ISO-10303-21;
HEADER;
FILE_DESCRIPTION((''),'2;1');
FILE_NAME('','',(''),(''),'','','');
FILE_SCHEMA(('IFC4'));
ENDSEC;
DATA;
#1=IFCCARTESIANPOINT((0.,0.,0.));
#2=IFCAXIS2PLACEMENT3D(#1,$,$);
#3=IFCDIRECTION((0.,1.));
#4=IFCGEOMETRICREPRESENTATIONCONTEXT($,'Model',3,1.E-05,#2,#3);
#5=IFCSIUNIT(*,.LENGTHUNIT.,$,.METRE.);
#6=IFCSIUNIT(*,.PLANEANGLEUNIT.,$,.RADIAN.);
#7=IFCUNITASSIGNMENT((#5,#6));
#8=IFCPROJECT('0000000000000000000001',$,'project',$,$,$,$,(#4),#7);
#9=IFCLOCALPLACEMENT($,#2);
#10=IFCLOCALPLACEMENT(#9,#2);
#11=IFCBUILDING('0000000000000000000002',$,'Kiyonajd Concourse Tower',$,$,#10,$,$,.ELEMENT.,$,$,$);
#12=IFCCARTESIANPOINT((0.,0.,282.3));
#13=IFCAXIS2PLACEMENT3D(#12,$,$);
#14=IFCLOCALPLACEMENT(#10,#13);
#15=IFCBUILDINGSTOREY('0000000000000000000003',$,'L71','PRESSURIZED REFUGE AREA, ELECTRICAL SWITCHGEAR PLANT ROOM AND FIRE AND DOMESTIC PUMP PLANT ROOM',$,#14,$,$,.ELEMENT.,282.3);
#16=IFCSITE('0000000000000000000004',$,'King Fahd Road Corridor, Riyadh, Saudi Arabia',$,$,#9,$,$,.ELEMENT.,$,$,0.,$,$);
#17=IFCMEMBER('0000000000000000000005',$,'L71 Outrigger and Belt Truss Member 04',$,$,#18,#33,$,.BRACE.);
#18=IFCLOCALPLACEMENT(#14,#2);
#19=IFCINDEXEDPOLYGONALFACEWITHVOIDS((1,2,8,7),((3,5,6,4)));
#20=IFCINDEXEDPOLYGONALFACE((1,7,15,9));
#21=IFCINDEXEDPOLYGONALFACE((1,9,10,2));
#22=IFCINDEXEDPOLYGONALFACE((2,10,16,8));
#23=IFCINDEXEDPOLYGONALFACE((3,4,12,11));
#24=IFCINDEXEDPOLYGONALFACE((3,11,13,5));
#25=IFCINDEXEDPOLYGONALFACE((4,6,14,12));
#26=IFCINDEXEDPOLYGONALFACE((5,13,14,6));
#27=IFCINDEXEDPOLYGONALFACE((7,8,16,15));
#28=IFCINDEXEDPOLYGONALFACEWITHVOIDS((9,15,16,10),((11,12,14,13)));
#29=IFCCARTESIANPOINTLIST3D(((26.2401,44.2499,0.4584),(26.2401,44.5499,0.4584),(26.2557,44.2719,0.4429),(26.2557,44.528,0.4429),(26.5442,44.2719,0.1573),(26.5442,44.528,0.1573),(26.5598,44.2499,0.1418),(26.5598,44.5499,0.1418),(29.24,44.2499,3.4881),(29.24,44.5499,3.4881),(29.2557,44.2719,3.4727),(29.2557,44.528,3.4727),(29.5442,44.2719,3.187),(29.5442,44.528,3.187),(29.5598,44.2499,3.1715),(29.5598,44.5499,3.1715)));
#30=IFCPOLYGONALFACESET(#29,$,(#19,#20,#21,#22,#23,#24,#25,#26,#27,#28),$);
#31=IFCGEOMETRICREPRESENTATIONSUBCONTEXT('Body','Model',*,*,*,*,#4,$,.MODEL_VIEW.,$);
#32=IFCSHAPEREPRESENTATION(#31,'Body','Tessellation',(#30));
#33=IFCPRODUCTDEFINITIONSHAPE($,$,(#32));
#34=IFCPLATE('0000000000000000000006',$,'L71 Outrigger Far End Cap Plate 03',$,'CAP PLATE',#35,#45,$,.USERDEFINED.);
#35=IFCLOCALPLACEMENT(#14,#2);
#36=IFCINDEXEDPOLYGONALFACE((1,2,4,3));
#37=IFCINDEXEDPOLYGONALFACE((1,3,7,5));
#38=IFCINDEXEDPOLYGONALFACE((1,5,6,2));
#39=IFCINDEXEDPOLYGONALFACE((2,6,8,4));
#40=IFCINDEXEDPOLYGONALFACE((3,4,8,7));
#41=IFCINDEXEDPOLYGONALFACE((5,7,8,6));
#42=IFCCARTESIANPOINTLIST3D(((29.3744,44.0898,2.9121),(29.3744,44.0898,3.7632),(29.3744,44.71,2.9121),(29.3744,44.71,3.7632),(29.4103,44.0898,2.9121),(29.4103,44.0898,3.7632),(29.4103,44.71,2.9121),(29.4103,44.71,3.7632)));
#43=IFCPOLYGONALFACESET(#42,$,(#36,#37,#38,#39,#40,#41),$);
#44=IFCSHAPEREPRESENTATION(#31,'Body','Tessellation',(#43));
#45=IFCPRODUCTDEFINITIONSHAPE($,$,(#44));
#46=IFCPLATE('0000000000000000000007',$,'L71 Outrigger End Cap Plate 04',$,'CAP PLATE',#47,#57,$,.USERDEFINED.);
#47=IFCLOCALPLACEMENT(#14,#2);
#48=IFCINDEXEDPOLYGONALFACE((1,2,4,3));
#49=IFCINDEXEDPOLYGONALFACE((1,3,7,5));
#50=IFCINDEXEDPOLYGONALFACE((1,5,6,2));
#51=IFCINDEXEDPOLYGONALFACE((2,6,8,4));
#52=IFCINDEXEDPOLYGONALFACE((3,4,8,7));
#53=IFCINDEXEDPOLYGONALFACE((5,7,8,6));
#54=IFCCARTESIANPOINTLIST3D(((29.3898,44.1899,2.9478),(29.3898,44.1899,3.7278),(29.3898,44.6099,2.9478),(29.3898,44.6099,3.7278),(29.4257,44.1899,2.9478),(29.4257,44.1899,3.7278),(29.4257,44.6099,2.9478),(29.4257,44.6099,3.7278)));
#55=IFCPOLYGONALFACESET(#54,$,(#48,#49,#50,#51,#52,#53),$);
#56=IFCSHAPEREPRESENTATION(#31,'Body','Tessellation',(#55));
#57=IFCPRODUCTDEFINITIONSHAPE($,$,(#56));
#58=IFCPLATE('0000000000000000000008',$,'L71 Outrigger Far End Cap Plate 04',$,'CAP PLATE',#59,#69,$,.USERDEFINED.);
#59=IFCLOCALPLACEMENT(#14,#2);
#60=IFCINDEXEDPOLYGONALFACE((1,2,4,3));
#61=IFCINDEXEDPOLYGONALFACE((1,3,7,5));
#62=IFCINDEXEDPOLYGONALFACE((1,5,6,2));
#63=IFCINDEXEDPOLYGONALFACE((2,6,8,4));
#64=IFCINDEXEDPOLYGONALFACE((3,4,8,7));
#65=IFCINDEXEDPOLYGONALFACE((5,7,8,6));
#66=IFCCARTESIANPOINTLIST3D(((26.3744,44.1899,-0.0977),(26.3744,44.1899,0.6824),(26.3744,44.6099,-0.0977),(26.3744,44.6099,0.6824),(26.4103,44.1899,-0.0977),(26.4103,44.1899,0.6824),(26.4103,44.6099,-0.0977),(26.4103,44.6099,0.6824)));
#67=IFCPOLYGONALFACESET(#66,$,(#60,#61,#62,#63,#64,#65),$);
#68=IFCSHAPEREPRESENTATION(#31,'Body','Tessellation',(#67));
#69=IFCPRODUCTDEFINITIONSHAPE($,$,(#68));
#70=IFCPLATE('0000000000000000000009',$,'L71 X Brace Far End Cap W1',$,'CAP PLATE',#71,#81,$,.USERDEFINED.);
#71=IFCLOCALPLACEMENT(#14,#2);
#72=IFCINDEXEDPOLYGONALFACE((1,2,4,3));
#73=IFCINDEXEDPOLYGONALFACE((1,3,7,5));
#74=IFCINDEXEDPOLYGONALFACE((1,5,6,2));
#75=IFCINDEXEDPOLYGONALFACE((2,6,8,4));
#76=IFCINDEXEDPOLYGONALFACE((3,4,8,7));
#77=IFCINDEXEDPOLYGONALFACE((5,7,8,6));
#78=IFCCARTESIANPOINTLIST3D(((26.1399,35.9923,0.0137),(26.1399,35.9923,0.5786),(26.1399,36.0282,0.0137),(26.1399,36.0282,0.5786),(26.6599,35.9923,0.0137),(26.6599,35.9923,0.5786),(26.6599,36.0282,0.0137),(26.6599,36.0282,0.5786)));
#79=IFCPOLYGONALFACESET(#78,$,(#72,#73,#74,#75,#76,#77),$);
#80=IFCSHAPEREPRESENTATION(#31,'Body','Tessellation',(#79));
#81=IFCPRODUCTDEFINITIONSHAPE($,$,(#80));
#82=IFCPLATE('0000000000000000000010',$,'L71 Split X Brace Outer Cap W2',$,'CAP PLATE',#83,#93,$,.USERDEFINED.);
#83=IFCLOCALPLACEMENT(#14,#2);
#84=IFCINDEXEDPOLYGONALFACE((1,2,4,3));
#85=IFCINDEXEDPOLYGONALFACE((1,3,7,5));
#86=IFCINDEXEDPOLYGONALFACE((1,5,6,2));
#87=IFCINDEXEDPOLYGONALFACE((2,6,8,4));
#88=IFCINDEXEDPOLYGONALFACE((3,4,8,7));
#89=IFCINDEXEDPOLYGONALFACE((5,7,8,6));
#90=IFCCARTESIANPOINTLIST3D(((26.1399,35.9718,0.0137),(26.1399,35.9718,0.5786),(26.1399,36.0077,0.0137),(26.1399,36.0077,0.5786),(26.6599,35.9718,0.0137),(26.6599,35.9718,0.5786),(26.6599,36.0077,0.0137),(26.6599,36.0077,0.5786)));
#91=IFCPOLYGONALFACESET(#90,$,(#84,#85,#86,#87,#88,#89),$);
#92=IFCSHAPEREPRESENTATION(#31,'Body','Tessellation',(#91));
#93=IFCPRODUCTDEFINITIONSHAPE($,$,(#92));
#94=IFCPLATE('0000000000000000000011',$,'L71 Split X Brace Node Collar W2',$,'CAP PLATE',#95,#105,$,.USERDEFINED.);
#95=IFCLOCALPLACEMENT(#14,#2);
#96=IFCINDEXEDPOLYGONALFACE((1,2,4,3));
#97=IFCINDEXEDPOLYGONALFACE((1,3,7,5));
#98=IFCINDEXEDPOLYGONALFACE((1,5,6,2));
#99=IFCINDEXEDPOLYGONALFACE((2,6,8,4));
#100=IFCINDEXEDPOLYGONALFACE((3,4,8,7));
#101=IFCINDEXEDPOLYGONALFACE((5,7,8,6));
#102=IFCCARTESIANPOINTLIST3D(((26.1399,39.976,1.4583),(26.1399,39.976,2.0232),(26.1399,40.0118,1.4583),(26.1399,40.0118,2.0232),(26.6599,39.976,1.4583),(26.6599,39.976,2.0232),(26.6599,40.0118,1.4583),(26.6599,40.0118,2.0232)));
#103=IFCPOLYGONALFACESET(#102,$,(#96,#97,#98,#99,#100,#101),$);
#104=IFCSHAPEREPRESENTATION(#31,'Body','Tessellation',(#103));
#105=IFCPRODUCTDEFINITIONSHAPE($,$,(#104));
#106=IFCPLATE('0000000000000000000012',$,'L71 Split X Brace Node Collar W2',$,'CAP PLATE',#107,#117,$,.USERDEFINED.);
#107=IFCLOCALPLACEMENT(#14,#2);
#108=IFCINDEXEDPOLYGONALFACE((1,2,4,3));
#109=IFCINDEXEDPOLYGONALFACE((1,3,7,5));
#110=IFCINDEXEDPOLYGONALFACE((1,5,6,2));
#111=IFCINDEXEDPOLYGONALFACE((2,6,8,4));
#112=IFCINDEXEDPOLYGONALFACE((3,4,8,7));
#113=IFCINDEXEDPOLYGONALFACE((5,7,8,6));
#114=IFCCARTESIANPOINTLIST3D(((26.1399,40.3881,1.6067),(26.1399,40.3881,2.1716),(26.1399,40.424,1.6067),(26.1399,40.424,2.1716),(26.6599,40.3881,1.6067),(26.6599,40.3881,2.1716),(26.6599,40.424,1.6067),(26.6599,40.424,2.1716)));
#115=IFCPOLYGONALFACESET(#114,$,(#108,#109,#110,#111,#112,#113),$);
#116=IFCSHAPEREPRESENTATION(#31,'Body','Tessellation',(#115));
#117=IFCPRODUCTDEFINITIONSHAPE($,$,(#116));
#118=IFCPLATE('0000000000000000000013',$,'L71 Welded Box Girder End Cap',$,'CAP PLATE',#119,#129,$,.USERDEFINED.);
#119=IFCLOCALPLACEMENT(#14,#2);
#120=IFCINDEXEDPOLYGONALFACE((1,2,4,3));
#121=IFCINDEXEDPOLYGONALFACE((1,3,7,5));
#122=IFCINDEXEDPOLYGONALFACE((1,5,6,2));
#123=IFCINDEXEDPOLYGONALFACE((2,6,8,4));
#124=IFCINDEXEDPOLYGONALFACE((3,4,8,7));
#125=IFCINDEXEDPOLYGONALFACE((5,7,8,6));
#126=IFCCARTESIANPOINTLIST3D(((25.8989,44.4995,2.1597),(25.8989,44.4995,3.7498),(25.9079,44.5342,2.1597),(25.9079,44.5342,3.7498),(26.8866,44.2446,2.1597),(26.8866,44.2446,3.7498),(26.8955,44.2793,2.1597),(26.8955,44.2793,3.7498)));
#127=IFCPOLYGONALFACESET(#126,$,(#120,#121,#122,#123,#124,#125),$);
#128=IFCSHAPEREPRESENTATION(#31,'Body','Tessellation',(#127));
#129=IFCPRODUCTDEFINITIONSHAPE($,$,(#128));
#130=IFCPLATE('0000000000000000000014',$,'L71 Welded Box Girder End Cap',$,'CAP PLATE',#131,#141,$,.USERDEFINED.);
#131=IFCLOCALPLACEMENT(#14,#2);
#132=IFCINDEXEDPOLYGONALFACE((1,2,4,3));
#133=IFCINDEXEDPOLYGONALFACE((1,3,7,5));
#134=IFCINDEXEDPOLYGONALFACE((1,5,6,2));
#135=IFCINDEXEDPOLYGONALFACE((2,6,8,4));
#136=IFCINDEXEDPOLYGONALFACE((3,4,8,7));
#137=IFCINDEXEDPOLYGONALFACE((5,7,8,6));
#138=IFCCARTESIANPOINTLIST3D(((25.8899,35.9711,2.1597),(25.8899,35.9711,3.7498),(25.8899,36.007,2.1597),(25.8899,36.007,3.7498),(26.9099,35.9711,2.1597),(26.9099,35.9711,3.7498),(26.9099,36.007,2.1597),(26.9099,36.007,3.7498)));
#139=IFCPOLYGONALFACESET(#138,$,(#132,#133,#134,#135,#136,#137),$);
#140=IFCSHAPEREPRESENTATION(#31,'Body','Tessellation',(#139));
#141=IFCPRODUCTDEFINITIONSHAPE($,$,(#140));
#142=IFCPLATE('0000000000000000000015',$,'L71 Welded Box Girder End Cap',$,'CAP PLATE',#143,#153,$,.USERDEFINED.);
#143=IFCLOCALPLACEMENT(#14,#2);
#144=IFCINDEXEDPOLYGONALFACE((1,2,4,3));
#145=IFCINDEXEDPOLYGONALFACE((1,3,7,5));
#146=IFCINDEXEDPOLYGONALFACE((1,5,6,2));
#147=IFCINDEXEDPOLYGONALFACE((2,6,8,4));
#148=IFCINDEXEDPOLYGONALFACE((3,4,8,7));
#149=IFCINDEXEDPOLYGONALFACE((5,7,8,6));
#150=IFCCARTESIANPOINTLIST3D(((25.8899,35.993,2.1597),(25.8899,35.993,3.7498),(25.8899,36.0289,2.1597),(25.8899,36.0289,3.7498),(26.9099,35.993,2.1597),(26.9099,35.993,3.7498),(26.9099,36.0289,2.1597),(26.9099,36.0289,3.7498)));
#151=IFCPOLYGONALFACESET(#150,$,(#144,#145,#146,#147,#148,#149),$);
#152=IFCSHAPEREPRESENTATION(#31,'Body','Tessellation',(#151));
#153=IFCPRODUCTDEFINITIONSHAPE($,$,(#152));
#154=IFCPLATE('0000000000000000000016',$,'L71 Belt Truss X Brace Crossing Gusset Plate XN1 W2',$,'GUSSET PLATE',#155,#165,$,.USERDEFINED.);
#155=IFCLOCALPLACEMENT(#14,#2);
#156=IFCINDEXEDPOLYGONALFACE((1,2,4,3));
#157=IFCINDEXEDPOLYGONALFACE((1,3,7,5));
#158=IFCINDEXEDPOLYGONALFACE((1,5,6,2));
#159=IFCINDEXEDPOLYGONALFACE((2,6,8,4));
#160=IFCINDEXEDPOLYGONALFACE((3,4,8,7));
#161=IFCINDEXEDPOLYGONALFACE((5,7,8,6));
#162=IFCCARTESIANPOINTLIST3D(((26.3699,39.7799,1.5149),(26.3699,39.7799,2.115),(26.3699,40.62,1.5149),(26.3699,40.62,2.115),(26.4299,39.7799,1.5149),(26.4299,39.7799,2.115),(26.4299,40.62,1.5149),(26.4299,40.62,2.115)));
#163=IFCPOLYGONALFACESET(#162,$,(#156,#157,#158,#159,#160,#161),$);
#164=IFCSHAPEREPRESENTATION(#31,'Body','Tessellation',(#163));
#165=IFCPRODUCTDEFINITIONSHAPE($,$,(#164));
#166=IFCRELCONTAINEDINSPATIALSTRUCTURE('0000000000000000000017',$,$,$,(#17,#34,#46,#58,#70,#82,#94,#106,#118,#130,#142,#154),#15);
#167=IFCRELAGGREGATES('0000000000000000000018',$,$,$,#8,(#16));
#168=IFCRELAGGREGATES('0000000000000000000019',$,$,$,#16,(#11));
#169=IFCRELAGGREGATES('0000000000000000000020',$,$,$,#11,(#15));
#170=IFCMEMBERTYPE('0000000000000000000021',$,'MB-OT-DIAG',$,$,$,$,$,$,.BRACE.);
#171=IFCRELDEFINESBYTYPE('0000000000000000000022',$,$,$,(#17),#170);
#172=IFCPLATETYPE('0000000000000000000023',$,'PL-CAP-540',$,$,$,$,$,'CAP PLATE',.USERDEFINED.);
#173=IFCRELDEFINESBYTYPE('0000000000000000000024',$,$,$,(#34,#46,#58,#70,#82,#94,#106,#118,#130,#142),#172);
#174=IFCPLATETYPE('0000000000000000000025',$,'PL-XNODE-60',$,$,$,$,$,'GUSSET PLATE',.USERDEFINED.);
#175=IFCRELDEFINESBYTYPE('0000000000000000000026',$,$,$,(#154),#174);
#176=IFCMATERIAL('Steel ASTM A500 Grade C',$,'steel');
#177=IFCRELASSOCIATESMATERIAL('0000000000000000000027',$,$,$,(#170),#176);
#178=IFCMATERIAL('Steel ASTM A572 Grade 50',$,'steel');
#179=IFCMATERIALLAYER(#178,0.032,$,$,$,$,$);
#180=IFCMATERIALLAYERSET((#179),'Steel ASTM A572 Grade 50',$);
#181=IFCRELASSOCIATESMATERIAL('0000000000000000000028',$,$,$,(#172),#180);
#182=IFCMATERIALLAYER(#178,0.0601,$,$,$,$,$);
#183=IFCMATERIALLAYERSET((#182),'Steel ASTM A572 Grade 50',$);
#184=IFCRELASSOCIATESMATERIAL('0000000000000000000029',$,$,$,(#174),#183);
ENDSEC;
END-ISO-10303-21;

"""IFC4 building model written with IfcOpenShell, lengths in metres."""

from ifc_helpers import new_model, si_unit, direction, frame, origin, origin_2d, place, context, subcontext, project, spatial, rectangle, hollow_rectangle, extrude, material, layer, layer_set, material_profile, profile_set, type_object, element, save


model = new_model("IFC4")

# Units and contexts
model_context = context("Model", 3, precision=1e-05, world=origin(), true_north=direction((0.0, 1.0)))
body_context = subcontext(model_context, "Body", "Model", "MODEL_VIEW")
ifc_project = project(units=[si_unit("LENGTHUNIT", "METRE"), si_unit("PLANEANGLEUNIT", "RADIAN")], contexts=[model_context])

# Site, building, storey
site_placement = place(None, origin())
site = spatial("IfcSite", under=ifc_project, at=site_placement, Name="King Fahd Road Corridor, Riyadh, Saudi Arabia", CompositionType="ELEMENT", RefElevation=0.0)
building_placement = place(site_placement, origin())
building = spatial("IfcBuilding", under=site, at=building_placement, Name="Kiyonajd Concourse Tower", CompositionType="ELEMENT")
storey_placement = place(building_placement, frame((0.0, 0.0, 282.3)))
storey = spatial("IfcBuildingStorey", under=building, at=storey_placement, Name="L71", Description="PRESSURIZED REFUGE AREA, ELECTRICAL SWITCHGEAR PLANT ROOM AND FIRE AND DOMESTIC PUMP PLANT ROOM", CompositionType="ELEMENT", Elevation=282.3)

# Shared definitions
ifc_material_1 = material(Name="Steel ASTM A572 Grade 50", Category="steel")

# Member
ifc_material_2 = material(Name="Steel ASTM A500 Grade C", Category="steel")
ifc_material_profile_1 = material_profile(ifc_material_2, hollow_rectangle(XDim=0.3, YDim=0.45, WallThickness=0.022, at=origin_2d()), Name="HSS-450x300x22")
ifc_profile_set_1 = profile_set([ifc_material_profile_1], Name="Steel ASTM A500 Grade C")
member_type_1 = type_object("IfcMemberType", Name="MB-OT-DIAG", PredefinedType="BRACE", material=ifc_profile_set_1)
member_1_placement = place(storey_placement, frame((29.3999, 44.3999, 3.3298), z_axis=(-0.703605, 0.0, -0.710591), x_axis=(0.0, -1.0, 0.0)))
element("IfcMember", 1, at=member_1_placement, inside=storey, type_object=member_type_1, Name="L71 Outrigger and Belt Truss Member 04", PredefinedType="BRACE", context=body_context, shape_type="SweptSolid", body=[
    extrude(hollow_rectangle(XDim=0.3, YDim=0.45, WallThickness=0.022, at=origin_2d()), origin(), (0.0, 0.0, 1.0), 4.2637),
])

# Plates
ifc_layer_1 = layer(ifc_material_1, 0.032)
ifc_layer_set_1 = layer_set([ifc_layer_1], Name="Steel ASTM A572 Grade 50")
plate_type_1 = type_object("IfcPlateType", Name="PL-CAP-540", ElementType="CAP PLATE", PredefinedType="USERDEFINED", material=ifc_layer_set_1)
plate_1_placement = place(storey_placement, frame((29.3923, 44.3999, 2.9121), z_axis=(0.0, 0.0, 1.0), x_axis=(-1.0, 0.0, 0.0)))
element("IfcPlate", 2, at=plate_1_placement, inside=storey, type_object=plate_type_1, Name="L71 Outrigger Far End Cap Plate 03", ObjectType="CAP PLATE", PredefinedType="USERDEFINED", context=body_context, shape_type="SweptSolid", body=[
    extrude(rectangle(XDim=0.0359, YDim=0.6201, at=origin_2d()), origin(), (0.0, 0.0, 1.0), 0.8511),
])
for number, where, z_axis, x_axis, name in (
    (3, (29.4077, 44.3999, 2.9478), (0.0, 0.0, 1.0), (1.0, 0.0, 0.0), "L71 Outrigger End Cap Plate 04"),
    (4, (26.3923, 44.3999, -0.0977), (0.0, 0.0, 1.0), (-1.0, 0.0, 0.0), "L71 Outrigger Far End Cap Plate 04"),
):
    element("IfcPlate", number, at=place(storey_placement, frame(where, z_axis=z_axis, x_axis=x_axis)), inside=storey, type_object=plate_type_1, Name=name, ObjectType="CAP PLATE", PredefinedType="USERDEFINED", context=body_context, shape_type="SweptSolid", body=[
        extrude(rectangle(XDim=0.0359, YDim=0.4199, at=origin_2d()), origin(), (0.0, 0.0, 1.0), 0.78),
    ])
for number, where, z_axis, x_axis, name in (
    (5, (26.3999, 36.0103, 0.0137), (0.0, 0.0, 1.0), (0.0, 1.0, 0.0), "L71 X Brace Far End Cap W1"),
    (6, (26.3999, 35.9897, 0.0137), (0.0, 0.0, 1.0), (0.0, -1.0, 0.0), "L71 Split X Brace Outer Cap W2"),
    (7, (26.3999, 39.9939, 1.4583), (0.0, 0.0, 1.0), (0.0, 1.0, 0.0), "L71 Split X Brace Node Collar W2"),
    (8, (26.3999, 40.406, 1.6067), (0.0, 0.0, 1.0), (0.0, -1.0, 0.0), "L71 Split X Brace Node Collar W2"),
):
    element("IfcPlate", number, at=place(storey_placement, frame(where, z_axis=z_axis, x_axis=x_axis)), inside=storey, type_object=plate_type_1, Name=name, ObjectType="CAP PLATE", PredefinedType="USERDEFINED", context=body_context, shape_type="SweptSolid", body=[
        extrude(rectangle(XDim=0.0359, YDim=0.52, at=origin_2d()), origin(), (0.0, 0.0, 1.0), 0.5649),
    ])
for number, where, z_axis, x_axis, name in (
    (9, (26.3972, 44.3894, 2.1597), (0.0, 0.0, 1.0), (-0.249873, -0.968279, 0.0), "L71 Welded Box Girder End Cap"),
    (10, (26.3999, 35.989, 2.1597), (0.0, 0.0, 1.0), (0.0, -1.0, 0.0), "L71 Welded Box Girder End Cap"),
    (11, (26.3999, 36.011, 2.1597), (0.0, 0.0, 1.0), (0.0, 1.0, 0.0), "L71 Welded Box Girder End Cap"),
):
    element("IfcPlate", number, at=place(storey_placement, frame(where, z_axis=z_axis, x_axis=x_axis)), inside=storey, type_object=plate_type_1, Name=name, ObjectType="CAP PLATE", PredefinedType="USERDEFINED", context=body_context, shape_type="SweptSolid", body=[
        extrude(rectangle(XDim=0.0359, YDim=1.02, at=origin_2d()), origin(), (0.0, 0.0, 1.0), 1.5901),
    ])
ifc_layer_2 = layer(ifc_material_1, 0.0601)
ifc_layer_set_2 = layer_set([ifc_layer_2], Name="Steel ASTM A572 Grade 50")
plate_type_2 = type_object("IfcPlateType", Name="PL-XNODE-60", ElementType="GUSSET PLATE", PredefinedType="USERDEFINED", material=ifc_layer_set_2)
plate_2_placement = place(storey_placement, frame((26.3999, 40.2, 1.5149), z_axis=(0.0, 0.0, 1.0), x_axis=(1.0, 0.0, 0.0)))
element("IfcPlate", 12, at=plate_2_placement, inside=storey, type_object=plate_type_2, Name="L71 Belt Truss X Brace Crossing Gusset Plate XN1 W2", ObjectType="GUSSET PLATE", PredefinedType="USERDEFINED", context=body_context, shape_type="SweptSolid", body=[
    extrude(rectangle(XDim=0.0601, YDim=0.8401, at=origin_2d()), origin(), (0.0, 0.0, 1.0), 0.6001),
])

save(model, "model.ifc")
